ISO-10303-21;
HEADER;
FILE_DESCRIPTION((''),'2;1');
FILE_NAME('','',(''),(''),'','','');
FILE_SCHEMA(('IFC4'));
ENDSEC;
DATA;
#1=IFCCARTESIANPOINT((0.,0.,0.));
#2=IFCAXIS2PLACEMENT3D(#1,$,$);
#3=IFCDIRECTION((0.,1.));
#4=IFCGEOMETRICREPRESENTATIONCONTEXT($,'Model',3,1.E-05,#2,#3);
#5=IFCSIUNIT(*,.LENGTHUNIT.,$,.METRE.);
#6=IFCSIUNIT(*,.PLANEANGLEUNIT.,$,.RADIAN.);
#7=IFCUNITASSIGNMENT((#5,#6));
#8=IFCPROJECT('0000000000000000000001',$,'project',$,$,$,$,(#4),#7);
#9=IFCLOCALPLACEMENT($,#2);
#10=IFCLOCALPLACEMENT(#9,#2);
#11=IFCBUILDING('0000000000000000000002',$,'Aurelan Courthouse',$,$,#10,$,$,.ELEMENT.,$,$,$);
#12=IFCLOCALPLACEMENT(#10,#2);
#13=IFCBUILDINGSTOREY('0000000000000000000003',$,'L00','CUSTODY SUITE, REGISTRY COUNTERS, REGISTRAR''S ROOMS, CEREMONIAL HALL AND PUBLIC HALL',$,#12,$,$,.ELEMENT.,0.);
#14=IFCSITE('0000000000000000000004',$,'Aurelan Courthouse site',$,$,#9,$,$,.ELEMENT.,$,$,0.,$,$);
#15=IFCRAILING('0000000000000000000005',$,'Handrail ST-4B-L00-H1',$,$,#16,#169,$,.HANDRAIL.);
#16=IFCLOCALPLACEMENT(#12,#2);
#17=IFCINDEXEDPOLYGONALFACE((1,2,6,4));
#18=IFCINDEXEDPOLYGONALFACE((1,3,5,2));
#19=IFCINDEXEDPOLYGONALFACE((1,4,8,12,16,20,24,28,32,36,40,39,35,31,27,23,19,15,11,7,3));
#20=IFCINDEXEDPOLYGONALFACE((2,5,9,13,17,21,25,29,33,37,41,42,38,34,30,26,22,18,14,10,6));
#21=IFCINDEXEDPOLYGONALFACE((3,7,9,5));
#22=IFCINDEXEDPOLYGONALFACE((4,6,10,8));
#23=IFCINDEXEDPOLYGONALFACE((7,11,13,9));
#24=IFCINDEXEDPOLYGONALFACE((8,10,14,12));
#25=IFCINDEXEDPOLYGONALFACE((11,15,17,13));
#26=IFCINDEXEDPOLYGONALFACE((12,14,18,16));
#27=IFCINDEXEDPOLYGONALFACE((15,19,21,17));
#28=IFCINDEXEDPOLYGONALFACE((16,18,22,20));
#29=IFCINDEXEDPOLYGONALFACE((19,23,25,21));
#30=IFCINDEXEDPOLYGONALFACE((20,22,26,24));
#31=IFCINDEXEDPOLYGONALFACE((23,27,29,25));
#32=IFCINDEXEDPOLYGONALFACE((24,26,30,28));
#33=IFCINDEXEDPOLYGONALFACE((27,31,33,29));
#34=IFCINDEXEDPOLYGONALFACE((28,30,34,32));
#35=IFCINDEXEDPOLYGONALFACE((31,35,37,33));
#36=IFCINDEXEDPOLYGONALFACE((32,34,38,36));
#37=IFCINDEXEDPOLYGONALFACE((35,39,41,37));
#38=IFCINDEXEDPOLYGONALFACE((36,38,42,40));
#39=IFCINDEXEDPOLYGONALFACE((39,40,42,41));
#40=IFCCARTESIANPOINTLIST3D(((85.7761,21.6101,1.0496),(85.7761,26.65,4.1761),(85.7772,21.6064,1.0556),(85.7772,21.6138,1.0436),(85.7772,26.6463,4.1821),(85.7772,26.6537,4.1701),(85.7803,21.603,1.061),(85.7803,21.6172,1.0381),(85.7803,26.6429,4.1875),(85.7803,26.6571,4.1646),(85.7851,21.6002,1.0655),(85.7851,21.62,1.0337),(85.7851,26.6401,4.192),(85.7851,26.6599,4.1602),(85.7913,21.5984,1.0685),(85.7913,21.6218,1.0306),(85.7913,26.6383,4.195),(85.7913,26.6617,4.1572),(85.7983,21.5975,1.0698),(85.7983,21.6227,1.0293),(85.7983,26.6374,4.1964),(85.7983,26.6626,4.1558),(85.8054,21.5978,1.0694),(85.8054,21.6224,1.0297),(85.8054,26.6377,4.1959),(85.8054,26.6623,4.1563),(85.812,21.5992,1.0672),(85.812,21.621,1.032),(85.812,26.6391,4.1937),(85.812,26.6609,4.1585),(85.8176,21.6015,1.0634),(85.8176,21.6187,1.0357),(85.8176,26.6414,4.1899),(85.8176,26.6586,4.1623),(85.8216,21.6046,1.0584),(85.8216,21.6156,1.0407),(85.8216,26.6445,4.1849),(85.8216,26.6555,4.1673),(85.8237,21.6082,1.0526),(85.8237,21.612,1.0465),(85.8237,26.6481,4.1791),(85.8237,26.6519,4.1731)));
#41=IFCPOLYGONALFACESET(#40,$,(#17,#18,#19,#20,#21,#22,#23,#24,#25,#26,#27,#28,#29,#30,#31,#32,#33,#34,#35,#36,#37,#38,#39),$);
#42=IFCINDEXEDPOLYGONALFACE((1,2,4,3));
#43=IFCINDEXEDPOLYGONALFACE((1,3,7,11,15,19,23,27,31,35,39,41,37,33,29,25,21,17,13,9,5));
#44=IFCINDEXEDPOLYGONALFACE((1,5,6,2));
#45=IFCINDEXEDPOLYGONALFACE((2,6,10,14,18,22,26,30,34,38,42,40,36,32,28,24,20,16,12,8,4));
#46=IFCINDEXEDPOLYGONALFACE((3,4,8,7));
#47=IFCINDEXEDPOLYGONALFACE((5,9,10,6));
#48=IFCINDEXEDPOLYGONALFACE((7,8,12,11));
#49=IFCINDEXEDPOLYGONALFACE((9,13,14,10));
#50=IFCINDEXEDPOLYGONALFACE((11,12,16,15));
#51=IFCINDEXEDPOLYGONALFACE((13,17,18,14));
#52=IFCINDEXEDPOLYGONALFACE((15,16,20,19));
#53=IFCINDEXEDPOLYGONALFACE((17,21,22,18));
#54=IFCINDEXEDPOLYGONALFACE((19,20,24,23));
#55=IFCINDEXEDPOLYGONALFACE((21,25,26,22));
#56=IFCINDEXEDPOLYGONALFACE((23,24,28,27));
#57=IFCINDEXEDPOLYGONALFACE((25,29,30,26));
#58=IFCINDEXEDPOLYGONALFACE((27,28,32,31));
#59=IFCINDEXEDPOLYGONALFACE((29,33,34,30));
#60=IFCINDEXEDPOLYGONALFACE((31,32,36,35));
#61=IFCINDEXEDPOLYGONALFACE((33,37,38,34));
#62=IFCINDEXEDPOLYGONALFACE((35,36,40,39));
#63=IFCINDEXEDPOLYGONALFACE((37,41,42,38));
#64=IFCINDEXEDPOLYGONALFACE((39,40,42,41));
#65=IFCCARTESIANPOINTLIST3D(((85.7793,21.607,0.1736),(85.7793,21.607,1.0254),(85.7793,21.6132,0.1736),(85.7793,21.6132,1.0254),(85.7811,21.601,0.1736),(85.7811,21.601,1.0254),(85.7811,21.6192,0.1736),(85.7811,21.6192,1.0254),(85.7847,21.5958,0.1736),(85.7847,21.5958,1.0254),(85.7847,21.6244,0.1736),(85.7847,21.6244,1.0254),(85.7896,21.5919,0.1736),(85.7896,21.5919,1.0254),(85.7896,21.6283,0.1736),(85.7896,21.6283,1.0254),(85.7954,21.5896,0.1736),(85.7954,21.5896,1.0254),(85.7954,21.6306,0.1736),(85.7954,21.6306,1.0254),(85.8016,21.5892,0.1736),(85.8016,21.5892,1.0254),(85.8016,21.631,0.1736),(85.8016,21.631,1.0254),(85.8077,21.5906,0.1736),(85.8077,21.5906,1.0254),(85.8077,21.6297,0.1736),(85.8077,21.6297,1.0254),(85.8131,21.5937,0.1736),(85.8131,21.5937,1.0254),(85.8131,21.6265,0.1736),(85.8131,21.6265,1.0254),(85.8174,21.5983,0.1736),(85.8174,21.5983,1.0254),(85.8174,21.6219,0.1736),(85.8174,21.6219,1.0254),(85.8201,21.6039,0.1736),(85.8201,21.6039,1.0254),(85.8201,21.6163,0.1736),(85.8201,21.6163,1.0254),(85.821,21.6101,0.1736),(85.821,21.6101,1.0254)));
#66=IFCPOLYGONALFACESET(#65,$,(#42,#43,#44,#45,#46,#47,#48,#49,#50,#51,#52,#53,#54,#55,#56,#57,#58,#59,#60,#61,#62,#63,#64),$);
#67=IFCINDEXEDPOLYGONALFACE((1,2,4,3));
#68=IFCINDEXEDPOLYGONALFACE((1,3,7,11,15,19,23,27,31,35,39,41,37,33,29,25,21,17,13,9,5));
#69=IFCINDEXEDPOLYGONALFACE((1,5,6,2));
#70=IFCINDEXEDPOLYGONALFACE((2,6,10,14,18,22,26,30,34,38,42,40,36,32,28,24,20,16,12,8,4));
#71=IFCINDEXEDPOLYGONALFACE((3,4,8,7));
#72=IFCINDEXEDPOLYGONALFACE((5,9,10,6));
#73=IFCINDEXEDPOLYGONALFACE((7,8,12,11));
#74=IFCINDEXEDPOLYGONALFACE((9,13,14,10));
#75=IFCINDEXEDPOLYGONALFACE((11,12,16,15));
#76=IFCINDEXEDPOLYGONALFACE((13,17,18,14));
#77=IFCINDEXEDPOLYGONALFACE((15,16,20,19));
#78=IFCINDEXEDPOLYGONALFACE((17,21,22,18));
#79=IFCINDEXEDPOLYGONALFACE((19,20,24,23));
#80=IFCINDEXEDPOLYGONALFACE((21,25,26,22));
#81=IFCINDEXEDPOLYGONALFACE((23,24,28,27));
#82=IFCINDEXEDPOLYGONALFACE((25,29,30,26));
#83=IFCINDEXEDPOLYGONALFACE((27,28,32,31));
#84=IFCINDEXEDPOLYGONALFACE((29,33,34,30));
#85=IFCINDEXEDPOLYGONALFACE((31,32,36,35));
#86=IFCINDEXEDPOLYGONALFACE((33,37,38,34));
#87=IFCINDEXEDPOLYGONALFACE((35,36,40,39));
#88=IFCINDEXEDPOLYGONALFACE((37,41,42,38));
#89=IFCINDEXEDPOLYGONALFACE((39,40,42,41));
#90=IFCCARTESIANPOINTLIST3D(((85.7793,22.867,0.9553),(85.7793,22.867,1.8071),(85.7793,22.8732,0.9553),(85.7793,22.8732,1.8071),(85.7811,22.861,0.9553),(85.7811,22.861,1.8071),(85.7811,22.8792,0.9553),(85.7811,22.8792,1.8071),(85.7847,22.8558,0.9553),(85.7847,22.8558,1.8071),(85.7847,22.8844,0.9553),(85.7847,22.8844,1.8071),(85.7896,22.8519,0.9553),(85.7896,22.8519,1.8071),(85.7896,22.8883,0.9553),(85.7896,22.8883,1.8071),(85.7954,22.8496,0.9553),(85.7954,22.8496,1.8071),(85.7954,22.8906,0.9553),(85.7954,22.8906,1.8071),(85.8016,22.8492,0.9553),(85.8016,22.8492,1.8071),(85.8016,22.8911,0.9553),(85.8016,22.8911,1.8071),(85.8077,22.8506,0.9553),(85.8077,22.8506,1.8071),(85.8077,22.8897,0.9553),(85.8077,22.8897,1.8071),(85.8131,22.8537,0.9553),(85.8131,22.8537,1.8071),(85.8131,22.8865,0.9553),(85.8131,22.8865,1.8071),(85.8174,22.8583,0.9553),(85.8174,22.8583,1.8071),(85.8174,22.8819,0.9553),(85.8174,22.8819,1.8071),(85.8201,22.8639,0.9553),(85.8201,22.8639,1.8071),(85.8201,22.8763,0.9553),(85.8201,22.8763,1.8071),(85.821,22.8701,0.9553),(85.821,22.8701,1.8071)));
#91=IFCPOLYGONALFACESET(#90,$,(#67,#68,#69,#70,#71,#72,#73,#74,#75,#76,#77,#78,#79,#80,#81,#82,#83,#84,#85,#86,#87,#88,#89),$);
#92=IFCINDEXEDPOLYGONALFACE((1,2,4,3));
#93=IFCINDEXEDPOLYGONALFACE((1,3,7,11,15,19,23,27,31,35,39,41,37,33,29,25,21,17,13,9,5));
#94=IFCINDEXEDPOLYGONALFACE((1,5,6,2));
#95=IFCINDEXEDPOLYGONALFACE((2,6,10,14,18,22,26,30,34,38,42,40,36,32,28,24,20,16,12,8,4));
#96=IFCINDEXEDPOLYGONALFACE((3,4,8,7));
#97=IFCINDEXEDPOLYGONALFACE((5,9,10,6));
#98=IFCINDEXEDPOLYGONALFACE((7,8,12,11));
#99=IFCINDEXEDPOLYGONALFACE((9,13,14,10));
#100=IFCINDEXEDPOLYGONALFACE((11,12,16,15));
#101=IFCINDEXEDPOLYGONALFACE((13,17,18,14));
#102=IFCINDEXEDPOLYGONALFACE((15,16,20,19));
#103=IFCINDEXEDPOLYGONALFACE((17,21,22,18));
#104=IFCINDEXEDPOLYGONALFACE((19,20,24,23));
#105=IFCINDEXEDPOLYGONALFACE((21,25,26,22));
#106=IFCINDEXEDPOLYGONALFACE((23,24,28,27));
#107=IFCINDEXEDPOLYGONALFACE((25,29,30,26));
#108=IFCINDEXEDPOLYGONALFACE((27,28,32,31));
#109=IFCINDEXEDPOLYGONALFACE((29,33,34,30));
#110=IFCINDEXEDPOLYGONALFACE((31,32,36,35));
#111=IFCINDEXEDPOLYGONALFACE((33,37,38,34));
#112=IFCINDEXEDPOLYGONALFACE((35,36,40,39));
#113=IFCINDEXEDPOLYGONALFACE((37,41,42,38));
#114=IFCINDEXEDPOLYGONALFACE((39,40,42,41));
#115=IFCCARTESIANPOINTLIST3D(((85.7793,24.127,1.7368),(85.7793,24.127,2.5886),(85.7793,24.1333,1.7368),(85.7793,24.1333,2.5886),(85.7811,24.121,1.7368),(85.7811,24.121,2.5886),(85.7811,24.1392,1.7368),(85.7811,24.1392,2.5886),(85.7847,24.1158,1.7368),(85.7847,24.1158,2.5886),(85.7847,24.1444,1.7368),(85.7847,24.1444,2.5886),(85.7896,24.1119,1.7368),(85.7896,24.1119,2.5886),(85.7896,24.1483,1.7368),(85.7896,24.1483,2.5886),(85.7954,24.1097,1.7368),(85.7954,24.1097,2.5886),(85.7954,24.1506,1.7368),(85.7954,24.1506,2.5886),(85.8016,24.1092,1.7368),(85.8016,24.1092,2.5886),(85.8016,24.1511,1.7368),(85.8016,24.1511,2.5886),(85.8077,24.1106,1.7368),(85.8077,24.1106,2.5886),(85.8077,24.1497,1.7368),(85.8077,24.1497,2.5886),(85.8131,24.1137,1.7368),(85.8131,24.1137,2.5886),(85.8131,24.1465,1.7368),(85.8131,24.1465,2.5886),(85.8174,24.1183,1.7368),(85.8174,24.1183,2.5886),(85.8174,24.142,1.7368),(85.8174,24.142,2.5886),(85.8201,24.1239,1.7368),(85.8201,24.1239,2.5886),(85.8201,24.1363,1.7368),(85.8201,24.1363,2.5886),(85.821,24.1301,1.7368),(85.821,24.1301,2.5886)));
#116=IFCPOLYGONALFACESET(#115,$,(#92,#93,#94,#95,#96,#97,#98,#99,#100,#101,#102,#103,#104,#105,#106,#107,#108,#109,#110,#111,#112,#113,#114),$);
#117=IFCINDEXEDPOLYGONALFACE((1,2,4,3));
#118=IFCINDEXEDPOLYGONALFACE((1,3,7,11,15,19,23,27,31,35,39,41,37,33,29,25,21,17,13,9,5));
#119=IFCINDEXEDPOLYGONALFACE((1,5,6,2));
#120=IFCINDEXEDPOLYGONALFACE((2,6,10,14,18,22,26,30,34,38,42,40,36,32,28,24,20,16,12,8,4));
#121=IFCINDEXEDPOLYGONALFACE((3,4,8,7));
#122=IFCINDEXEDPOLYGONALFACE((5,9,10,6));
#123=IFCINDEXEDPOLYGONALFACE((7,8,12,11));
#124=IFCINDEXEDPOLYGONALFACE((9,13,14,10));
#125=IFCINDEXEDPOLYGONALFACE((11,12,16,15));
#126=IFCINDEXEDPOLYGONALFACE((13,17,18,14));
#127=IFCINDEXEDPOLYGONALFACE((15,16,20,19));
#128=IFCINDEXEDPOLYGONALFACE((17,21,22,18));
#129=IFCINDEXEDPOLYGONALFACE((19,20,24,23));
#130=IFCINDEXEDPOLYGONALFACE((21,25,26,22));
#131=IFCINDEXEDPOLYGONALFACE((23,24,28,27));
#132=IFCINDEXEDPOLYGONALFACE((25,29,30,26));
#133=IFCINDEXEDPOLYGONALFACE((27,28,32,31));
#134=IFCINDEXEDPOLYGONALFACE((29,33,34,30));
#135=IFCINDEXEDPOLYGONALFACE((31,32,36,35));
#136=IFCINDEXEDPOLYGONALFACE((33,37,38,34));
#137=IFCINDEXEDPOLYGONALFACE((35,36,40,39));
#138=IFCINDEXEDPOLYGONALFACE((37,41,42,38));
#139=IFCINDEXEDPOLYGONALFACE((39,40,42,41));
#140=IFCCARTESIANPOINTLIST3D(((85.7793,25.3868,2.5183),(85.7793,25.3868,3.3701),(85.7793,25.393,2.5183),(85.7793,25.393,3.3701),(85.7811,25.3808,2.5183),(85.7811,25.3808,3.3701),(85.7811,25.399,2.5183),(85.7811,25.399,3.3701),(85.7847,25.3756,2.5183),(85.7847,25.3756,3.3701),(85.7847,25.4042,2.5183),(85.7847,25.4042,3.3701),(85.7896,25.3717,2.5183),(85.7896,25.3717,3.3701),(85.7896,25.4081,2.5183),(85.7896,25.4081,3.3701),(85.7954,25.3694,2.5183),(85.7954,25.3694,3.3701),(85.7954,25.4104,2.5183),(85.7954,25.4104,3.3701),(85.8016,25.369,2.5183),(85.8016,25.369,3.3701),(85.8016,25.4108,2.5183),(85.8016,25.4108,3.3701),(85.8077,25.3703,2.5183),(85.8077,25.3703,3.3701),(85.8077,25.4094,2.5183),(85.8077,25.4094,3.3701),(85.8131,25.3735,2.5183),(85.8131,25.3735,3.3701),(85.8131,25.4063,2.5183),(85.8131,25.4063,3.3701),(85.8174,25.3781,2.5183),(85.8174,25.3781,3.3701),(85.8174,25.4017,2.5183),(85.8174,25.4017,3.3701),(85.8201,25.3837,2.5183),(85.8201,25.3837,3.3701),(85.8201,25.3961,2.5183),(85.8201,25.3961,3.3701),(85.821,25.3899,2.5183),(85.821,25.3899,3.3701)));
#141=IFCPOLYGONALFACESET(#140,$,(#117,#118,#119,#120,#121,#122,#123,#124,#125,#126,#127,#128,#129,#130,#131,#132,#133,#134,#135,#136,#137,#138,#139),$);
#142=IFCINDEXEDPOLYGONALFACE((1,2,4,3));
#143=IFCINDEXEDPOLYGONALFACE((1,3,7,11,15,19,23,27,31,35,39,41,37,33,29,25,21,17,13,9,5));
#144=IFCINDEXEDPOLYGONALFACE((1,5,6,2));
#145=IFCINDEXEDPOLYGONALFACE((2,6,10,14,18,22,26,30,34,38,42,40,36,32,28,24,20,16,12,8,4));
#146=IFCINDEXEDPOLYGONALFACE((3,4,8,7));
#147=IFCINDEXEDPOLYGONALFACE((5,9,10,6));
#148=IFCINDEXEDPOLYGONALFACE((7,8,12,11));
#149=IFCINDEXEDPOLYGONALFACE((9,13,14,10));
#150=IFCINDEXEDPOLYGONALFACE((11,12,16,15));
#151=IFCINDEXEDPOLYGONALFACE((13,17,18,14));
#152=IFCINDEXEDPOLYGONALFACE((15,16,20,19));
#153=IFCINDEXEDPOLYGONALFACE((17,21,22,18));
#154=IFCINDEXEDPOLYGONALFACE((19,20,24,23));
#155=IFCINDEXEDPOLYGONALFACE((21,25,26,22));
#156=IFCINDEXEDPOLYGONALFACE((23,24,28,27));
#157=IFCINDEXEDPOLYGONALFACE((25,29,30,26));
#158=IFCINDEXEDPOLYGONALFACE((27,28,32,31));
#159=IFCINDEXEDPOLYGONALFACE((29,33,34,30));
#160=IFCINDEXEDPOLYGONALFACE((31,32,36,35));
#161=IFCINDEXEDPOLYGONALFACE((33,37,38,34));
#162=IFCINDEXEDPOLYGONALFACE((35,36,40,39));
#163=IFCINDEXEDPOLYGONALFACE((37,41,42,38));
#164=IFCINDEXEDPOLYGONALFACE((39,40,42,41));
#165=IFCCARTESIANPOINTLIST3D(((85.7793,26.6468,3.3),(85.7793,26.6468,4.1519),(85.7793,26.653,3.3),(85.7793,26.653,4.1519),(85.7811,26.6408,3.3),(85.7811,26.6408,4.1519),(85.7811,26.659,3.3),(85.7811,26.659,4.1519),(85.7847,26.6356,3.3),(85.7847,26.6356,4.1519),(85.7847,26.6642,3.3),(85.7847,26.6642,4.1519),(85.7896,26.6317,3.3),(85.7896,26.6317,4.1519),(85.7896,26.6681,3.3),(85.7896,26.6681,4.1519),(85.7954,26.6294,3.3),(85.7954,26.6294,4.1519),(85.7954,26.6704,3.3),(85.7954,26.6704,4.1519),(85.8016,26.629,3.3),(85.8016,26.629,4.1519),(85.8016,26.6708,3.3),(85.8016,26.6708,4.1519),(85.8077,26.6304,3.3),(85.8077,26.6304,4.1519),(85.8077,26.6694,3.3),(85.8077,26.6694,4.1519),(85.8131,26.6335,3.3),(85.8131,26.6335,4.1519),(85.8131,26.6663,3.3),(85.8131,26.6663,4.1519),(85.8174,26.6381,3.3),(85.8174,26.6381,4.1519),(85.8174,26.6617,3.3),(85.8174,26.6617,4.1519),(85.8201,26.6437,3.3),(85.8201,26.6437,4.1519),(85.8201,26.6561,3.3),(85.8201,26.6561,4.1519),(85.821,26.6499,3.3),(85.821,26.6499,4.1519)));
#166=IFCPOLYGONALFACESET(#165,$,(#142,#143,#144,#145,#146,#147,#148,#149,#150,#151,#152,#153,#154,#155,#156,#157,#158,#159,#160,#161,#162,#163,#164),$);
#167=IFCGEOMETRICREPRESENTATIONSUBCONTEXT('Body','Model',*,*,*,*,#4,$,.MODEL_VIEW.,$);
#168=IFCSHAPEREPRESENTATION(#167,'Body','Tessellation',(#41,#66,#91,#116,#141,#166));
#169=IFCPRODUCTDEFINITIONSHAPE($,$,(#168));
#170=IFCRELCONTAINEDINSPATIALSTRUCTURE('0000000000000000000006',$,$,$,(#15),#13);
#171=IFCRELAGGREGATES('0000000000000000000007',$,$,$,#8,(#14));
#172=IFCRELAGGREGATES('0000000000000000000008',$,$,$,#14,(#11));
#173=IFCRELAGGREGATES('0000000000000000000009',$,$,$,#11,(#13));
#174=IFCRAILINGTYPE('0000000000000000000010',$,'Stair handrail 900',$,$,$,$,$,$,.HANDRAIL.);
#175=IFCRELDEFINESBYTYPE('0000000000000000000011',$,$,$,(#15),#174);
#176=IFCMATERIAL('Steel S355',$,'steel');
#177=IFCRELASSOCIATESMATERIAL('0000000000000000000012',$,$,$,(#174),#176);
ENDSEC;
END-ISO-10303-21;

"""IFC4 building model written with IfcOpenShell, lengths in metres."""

from ifc_helpers import new_model, si_unit, direction, frame, origin, origin_2d, place, context, subcontext, project, spatial, circle, extrude, material, type_object, element, save


model = new_model("IFC4")

# Units and contexts
model_context = context("Model", 3, precision=1e-05, world=origin(), true_north=direction((0.0, 1.0)))
body_context = subcontext(model_context, "Body", "Model", "MODEL_VIEW")
ifc_project = project(units=[si_unit("LENGTHUNIT", "METRE"), si_unit("PLANEANGLEUNIT", "RADIAN")], contexts=[model_context])

# Site, building, storey
site_placement = place(None, origin())
site = spatial("IfcSite", under=ifc_project, at=site_placement, Name="Aurelan Courthouse site", CompositionType="ELEMENT", RefElevation=0.0)
building_placement = place(site_placement, origin())
building = spatial("IfcBuilding", under=site, at=building_placement, Name="Aurelan Courthouse", CompositionType="ELEMENT")
storey_placement = place(building_placement, origin())
storey = spatial("IfcBuildingStorey", under=building, at=storey_placement, Name="L00", Description="CUSTODY SUITE, REGISTRY COUNTERS, REGISTRAR'S ROOMS, CEREMONIAL HALL AND PUBLIC HALL", CompositionType="ELEMENT", Elevation=0.0)

# Railing
ifc_material_1 = material(Name="Steel S355", Category="steel")
railing_type_1 = type_object("IfcRailingType", Name="Stair handrail 900", PredefinedType="HANDRAIL", material=ifc_material_1)
for number, where, name in (
    (1, (85.8, 21.6101, 0.1736), "Handrail ST-4B-L00-H1"),
):
    element("IfcRailing", number, at=place(storey_placement, frame(where)), inside=storey, type_object=railing_type_1, Name=name, PredefinedType="HANDRAIL", context=body_context, shape_type="SweptSolid", body=[
        extrude(circle(Radius=0.0239, at=origin_2d()), frame((0.0, 0.0, 0.876), z_axis=(0.0, 0.849767, 0.527158), x_axis=(-1.0, 0.0, 0.0)), (0.0, 0.0, 1.0), 5.9309),
        extrude(circle(Radius=0.021, at=origin_2d()), origin(), (0.0, 0.0, 1.0), 0.8518),
        extrude(circle(Radius=0.021, at=origin_2d()), frame((0.0, 1.26, 0.7817)), (0.0, 0.0, 1.0), 0.8518),
        extrude(circle(Radius=0.021, at=origin_2d()), frame((0.0, 2.52, 1.5632)), (0.0, 0.0, 1.0), 0.8518),
        extrude(circle(Radius=0.021, at=origin_2d()), frame((0.0, 3.7798, 2.3447)), (0.0, 0.0, 1.0), 0.8518),
        extrude(circle(Radius=0.021, at=origin_2d()), frame((0.0, 5.0398, 3.1265)), (0.0, 0.0, 1.0), 0.8518),
    ])

save(model, "model.ifc")
